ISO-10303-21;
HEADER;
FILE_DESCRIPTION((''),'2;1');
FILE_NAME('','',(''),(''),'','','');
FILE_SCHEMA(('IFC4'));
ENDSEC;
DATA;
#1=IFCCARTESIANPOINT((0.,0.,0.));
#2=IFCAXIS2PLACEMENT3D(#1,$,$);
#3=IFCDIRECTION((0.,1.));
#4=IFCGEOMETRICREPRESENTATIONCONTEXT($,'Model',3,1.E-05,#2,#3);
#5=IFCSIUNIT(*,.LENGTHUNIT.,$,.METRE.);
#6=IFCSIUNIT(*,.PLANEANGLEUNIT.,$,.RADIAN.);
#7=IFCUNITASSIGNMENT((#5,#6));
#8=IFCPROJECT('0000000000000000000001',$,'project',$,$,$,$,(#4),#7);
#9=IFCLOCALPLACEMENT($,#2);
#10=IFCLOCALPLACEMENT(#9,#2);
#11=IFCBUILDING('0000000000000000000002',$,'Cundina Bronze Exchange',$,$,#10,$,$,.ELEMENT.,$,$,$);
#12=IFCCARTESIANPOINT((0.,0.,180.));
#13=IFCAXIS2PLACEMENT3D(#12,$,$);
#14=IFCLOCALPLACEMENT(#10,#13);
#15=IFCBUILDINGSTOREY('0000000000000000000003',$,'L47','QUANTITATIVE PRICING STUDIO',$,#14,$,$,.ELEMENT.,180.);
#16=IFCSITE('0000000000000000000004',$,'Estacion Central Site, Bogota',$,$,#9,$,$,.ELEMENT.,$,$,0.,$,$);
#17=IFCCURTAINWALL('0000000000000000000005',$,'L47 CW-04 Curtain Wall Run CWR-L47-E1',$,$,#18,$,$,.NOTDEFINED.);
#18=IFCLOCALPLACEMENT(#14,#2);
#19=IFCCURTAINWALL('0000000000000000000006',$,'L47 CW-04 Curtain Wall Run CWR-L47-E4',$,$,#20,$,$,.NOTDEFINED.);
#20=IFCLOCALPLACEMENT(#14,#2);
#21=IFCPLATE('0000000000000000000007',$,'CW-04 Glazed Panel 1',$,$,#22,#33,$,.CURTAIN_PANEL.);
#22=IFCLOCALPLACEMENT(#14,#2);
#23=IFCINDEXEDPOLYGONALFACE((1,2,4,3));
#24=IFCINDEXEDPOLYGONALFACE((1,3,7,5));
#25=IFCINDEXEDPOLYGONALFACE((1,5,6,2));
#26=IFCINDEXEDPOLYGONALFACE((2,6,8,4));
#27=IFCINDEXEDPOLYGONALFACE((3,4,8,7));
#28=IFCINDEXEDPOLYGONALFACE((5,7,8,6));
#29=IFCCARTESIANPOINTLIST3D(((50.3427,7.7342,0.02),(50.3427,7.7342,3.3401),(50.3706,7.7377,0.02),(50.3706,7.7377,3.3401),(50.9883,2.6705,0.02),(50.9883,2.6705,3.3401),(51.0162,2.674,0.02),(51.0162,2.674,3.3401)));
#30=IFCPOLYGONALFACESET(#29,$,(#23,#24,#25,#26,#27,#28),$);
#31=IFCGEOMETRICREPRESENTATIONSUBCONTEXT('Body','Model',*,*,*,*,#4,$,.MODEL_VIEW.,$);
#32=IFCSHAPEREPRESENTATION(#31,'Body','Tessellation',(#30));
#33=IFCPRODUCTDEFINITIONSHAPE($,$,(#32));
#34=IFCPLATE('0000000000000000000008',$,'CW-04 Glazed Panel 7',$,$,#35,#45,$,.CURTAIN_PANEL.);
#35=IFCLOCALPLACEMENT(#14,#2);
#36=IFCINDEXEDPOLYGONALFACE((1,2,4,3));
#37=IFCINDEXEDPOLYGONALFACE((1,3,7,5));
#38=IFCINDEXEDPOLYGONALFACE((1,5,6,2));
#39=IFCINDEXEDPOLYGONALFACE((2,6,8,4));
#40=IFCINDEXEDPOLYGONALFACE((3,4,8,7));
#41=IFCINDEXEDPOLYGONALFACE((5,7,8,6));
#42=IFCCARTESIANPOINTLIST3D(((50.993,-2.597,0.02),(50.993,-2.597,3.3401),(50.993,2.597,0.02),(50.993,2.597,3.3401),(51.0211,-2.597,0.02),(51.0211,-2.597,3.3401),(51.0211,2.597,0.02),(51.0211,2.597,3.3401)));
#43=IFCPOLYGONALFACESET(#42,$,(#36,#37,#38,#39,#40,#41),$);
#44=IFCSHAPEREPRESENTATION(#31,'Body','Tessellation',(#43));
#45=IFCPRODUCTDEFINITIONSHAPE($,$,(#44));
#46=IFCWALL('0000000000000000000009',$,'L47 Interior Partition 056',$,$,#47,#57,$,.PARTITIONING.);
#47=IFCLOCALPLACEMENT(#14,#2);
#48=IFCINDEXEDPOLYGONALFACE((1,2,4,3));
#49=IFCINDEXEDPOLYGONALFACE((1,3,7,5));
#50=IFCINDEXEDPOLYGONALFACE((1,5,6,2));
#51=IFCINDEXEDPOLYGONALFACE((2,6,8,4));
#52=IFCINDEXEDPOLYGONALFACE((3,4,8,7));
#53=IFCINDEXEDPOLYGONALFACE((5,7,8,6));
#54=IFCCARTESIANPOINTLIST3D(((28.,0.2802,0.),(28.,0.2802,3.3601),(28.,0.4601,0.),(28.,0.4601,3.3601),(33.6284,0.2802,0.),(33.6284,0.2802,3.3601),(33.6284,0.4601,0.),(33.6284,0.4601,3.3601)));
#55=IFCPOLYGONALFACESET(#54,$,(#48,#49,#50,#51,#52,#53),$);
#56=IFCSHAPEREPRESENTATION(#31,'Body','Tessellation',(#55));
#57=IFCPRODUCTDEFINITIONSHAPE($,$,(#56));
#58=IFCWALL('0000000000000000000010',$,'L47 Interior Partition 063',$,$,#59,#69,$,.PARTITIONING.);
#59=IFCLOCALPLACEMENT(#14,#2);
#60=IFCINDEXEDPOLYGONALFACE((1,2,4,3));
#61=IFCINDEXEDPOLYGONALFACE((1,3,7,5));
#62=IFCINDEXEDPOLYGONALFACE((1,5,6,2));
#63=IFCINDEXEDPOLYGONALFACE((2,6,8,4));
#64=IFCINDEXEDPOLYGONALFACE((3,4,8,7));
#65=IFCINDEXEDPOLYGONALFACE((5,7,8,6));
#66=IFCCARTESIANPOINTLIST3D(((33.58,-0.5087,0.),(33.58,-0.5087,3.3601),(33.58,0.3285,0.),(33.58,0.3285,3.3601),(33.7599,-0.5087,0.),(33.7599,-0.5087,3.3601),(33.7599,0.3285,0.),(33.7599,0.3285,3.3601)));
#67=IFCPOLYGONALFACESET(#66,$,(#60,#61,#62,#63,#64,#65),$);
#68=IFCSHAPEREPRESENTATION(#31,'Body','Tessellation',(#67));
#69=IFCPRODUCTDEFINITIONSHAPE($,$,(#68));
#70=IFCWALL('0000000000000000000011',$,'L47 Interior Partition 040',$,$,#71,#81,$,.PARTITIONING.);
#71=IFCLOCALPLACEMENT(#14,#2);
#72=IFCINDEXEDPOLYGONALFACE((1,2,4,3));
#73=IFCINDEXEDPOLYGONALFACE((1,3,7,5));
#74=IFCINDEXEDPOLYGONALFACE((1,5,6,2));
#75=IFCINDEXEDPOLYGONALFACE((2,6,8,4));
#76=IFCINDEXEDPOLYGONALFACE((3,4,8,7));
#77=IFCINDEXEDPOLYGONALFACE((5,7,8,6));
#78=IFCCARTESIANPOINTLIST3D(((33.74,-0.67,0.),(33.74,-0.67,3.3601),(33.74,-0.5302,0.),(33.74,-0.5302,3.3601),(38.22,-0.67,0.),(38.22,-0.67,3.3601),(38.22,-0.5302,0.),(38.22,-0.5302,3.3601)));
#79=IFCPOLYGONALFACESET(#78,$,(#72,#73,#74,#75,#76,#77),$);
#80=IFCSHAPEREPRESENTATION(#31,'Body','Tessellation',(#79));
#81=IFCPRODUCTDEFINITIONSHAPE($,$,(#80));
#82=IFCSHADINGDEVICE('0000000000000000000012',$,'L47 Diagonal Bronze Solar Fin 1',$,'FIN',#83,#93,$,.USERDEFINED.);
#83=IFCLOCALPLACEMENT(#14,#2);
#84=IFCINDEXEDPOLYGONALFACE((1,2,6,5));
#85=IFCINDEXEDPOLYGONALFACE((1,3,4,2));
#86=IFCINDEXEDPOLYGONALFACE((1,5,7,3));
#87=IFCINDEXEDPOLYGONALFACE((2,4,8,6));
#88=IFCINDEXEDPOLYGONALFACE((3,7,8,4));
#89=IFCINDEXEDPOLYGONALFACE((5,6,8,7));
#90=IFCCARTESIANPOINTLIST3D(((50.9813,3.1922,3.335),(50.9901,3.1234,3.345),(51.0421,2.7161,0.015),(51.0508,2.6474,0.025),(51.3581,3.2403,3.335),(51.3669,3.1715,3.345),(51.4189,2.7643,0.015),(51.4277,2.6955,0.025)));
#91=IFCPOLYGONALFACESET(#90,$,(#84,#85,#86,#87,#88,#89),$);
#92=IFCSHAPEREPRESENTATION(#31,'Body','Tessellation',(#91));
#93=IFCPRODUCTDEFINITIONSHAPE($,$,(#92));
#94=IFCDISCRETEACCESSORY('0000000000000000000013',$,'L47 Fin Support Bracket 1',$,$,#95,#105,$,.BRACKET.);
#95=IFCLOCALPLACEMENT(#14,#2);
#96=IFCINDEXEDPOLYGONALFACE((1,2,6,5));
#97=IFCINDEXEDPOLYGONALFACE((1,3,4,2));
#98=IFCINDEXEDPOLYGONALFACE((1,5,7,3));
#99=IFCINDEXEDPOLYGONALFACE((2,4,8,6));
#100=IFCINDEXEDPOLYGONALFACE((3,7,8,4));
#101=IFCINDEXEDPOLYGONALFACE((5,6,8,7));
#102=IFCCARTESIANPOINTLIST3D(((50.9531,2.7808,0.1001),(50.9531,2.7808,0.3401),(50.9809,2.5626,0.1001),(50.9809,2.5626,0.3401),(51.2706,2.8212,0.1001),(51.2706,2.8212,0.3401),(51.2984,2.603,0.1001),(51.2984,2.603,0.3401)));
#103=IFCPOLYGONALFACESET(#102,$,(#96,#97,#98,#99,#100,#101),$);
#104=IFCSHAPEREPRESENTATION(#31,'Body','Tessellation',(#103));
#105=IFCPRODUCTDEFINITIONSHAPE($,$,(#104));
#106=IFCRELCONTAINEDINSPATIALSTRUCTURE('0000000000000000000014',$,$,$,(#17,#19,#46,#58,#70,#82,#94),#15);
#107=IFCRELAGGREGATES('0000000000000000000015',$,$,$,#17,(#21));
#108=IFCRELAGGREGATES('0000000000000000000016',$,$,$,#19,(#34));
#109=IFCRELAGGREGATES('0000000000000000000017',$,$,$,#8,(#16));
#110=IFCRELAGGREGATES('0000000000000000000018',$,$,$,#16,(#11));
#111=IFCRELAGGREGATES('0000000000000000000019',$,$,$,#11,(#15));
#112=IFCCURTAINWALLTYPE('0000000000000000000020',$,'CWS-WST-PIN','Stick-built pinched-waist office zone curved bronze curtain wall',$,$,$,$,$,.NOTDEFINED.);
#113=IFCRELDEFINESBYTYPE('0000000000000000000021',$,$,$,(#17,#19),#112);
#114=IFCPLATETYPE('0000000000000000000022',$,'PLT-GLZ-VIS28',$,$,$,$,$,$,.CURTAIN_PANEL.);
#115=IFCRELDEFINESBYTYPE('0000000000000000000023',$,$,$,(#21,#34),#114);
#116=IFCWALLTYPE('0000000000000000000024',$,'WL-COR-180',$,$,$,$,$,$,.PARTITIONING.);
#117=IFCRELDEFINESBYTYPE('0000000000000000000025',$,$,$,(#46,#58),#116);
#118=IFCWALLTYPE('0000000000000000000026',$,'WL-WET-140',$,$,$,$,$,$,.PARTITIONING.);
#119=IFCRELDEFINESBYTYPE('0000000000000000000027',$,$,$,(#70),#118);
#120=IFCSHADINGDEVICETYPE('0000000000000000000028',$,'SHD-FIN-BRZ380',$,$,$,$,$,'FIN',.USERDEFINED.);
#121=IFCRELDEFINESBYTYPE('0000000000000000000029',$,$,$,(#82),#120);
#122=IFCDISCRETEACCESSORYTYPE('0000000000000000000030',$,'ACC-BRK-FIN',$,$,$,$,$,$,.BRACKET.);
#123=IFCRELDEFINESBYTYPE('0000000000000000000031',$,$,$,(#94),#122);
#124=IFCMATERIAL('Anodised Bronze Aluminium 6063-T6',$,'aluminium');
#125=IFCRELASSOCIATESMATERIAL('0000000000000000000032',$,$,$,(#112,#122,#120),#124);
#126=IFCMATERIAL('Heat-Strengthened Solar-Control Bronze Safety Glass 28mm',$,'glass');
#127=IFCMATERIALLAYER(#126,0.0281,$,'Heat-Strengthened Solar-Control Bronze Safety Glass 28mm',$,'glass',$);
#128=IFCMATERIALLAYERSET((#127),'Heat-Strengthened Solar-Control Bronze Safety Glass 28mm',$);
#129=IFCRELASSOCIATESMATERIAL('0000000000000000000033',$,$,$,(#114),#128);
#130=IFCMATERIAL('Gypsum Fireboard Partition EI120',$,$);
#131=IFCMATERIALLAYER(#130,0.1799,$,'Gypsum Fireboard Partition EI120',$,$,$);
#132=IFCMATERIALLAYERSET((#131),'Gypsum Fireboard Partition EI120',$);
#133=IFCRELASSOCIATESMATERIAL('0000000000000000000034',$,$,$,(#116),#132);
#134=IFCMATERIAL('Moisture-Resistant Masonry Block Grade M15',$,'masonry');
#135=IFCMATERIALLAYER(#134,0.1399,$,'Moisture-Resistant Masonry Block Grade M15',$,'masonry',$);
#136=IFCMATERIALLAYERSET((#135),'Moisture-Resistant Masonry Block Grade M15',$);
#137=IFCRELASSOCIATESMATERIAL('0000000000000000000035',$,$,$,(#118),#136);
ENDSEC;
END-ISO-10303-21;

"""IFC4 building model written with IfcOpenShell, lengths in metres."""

from ifc_helpers import new_model, si_unit, direction, frame, frame_2d, origin, origin_2d, place, context, subcontext, project, spatial, rectangle, extrude, material, layer, layer_set, material_profile, profile_set, type_object, element, aggregate, save


model = new_model("IFC4")

# Units and contexts
model_context = context("Model", 3, precision=1e-05, world=origin(), true_north=direction((0.0, 1.0)))
body_context = subcontext(model_context, "Body", "Model", "MODEL_VIEW")
ifc_project = project(units=[si_unit("LENGTHUNIT", "METRE"), si_unit("PLANEANGLEUNIT", "RADIAN")], contexts=[model_context])

# Site, building, storey
site_placement = place(None, origin())
site = spatial("IfcSite", under=ifc_project, at=site_placement, Name="Estacion Central Site, Bogota", CompositionType="ELEMENT", RefElevation=0.0)
building_placement = place(site_placement, origin())
building = spatial("IfcBuilding", under=site, at=building_placement, Name="Cundina Bronze Exchange", CompositionType="ELEMENT")
storey_placement = place(building_placement, frame((0.0, 0.0, 180.0)))
storey = spatial("IfcBuildingStorey", under=building, at=storey_placement, Name="L47", Description="QUANTITATIVE PRICING STUDIO", CompositionType="ELEMENT", Elevation=180.0)

# Curtain walls
ifc_material_1 = material(Name="Anodised Bronze Aluminium 6063-T6", Category="aluminium")
curtain_wall_type = type_object("IfcCurtainWallType", Name="CWS-WST-PIN", Description="Stick-built pinched-waist office zone curved bronze curtain wall", PredefinedType="NOTDEFINED", material=ifc_material_1)
curtain_wall_1_placement = place(storey_placement, origin())
curtain_wall_1 = element("IfcCurtainWall", 1, at=curtain_wall_1_placement, inside=storey, type_object=curtain_wall_type, Name="L47 CW-04 Curtain Wall Run CWR-L47-E1", PredefinedType="NOTDEFINED")
curtain_wall_2_placement = place(storey_placement, origin())
curtain_wall_2 = element("IfcCurtainWall", 2, at=curtain_wall_2_placement, inside=storey, type_object=curtain_wall_type, Name="L47 CW-04 Curtain Wall Run CWR-L47-E4", PredefinedType="NOTDEFINED")

# Plates
ifc_material_2 = material(Name="Heat-Strengthened Solar-Control Bronze Safety Glass 28mm", Category="glass")
ifc_layer_1 = layer(ifc_material_2, 0.0281, Name="Heat-Strengthened Solar-Control Bronze Safety Glass 28mm", Category="glass")
ifc_layer_set_1 = layer_set([ifc_layer_1], Name="Heat-Strengthened Solar-Control Bronze Safety Glass 28mm")
plate_type = type_object("IfcPlateType", Name="PLT-GLZ-VIS28", PredefinedType="CURTAIN_PANEL", material=ifc_layer_set_1)
plate_1_placement = place(storey_placement, frame((50.6794, 5.2041, 0.02), z_axis=(0.0, 0.0, 1.0), x_axis=(-0.126476, 0.99197, 0.0)))
plate_1 = element("IfcPlate", 3, at=plate_1_placement, type_object=plate_type, Name="CW-04 Glazed Panel 1", PredefinedType="CURTAIN_PANEL", context=body_context, shape_type="SweptSolid", body=[
    extrude(rectangle(XDim=5.1047, YDim=0.0281, at=origin_2d()), origin(), (0.0, 0.0, 1.0), 3.3201),
])
aggregate(curtain_wall_1, [plate_1])
plate_2_placement = place(storey_placement, frame((51.0071, 0.0, 0.02), z_axis=(0.0, 0.0, 1.0), x_axis=(0.0, 1.0, 0.0)))
plate_2 = element("IfcPlate", 4, at=plate_2_placement, type_object=plate_type, Name="CW-04 Glazed Panel 7", PredefinedType="CURTAIN_PANEL", context=body_context, shape_type="SweptSolid", body=[
    extrude(rectangle(XDim=5.1941, YDim=0.0281, at=origin_2d()), origin(), (0.0, 0.0, 1.0), 3.3201),
])
aggregate(curtain_wall_2, [plate_2])

# Walls
ifc_material_3 = material(Name="Gypsum Fireboard Partition EI120")
ifc_layer_2 = layer(ifc_material_3, 0.1799, Name="Gypsum Fireboard Partition EI120")
ifc_layer_set_2 = layer_set([ifc_layer_2], Name="Gypsum Fireboard Partition EI120")
wall_type_1 = type_object("IfcWallType", Name="WL-COR-180", PredefinedType="PARTITIONING", material=ifc_layer_set_2)
wall_1_placement = place(storey_placement, frame((33.6284, 0.3701, 0.0), z_axis=(0.0, 0.0, 1.0), x_axis=(-1.0, 0.0, 0.0)))
element("IfcWall", 5, at=wall_1_placement, inside=storey, type_object=wall_type_1, Name="L47 Interior Partition 056", PredefinedType="PARTITIONING", context=body_context, shape_type="SweptSolid", body=[
    extrude(rectangle(XDim=5.6284, YDim=0.1799, at=frame_2d((2.8142, 0.0))), origin(), (0.0, 0.0, 1.0), 3.3601),
])
wall_2_placement = place(storey_placement, frame((33.6699, -0.5085, 0.0), z_axis=(0.0, 0.0, 1.0), x_axis=(0.0, 1.0, 0.0)))
element("IfcWall", 6, at=wall_2_placement, inside=storey, type_object=wall_type_1, Name="L47 Interior Partition 063", PredefinedType="PARTITIONING", context=body_context, shape_type="SweptSolid", body=[
    extrude(rectangle(XDim=0.8372, YDim=0.1799, at=frame_2d((0.4185, 0.0))), origin(), (0.0, 0.0, 1.0), 3.3601),
])
ifc_material_4 = material(Name="Moisture-Resistant Masonry Block Grade M15", Category="masonry")
ifc_layer_3 = layer(ifc_material_4, 0.1399, Name="Moisture-Resistant Masonry Block Grade M15", Category="masonry")
ifc_layer_set_3 = layer_set([ifc_layer_3], Name="Moisture-Resistant Masonry Block Grade M15")
wall_type_2 = type_object("IfcWallType", Name="WL-WET-140", PredefinedType="PARTITIONING", material=ifc_layer_set_3)
wall_3_placement = place(storey_placement, frame((33.74, -0.6001, 0.0), z_axis=(0.0, 0.0, 1.0), x_axis=(1.0, 0.0, 0.0)))
element("IfcWall", 7, at=wall_3_placement, inside=storey, type_object=wall_type_2, Name="L47 Interior Partition 040", PredefinedType="PARTITIONING", context=body_context, shape_type="SweptSolid", body=[
    extrude(rectangle(XDim=4.48, YDim=0.1399, at=frame_2d((2.24, 0.0))), origin(), (0.0, 0.0, 1.0), 3.3601),
])

# Shading device
ifc_material_profile_1 = material_profile(ifc_material_1, rectangle(XDim=0.0701, YDim=0.3799, at=origin_2d()), Name="FIN70X380", Category="aluminium")
ifc_profile_set_1 = profile_set([ifc_material_profile_1], Name="Anodised Bronze Aluminium 6063-T6")
shading_device_type = type_object("IfcShadingDeviceType", Name="SHD-FIN-BRZ380", ElementType="FIN", PredefinedType="USERDEFINED", material=ifc_profile_set_1)
shading_device_placement = place(storey_placement, frame((51.2349, 2.7058, 0.02), z_axis=(-0.018122, 0.141918, 0.989713), x_axis=(0.125361, -0.981741, 0.14307)))
element("IfcShadingDevice", 8, at=shading_device_placement, inside=storey, type_object=shading_device_type, Name="L47 Diagonal Bronze Solar Fin 1", ObjectType="FIN", PredefinedType="USERDEFINED", context=body_context, shape_type="SweptSolid", body=[
    extrude(rectangle(XDim=0.0701, YDim=0.3799, at=origin_2d()), origin(), (0.0, 0.0, 1.0), 3.3545),
])

# Discrete accessory
discrete_accessory_type = type_object("IfcDiscreteAccessoryType", Name="ACC-BRK-FIN", PredefinedType="BRACKET", material=ifc_material_1)
discrete_accessory_placement = place(storey_placement, frame((51.1257, 2.6919, 0.1001), z_axis=(0.0, 0.0, 1.0), x_axis=(-0.126476, 0.99197, 0.0)))
element("IfcDiscreteAccessory", 9, at=discrete_accessory_placement, inside=storey, type_object=discrete_accessory_type, Name="L47 Fin Support Bracket 1", PredefinedType="BRACKET", context=body_context, shape_type="SweptSolid", body=[
    extrude(rectangle(XDim=0.22, YDim=0.3201, at=origin_2d()), origin(), (0.0, 0.0, 1.0), 0.24),
])

save(model, "model.ifc")
